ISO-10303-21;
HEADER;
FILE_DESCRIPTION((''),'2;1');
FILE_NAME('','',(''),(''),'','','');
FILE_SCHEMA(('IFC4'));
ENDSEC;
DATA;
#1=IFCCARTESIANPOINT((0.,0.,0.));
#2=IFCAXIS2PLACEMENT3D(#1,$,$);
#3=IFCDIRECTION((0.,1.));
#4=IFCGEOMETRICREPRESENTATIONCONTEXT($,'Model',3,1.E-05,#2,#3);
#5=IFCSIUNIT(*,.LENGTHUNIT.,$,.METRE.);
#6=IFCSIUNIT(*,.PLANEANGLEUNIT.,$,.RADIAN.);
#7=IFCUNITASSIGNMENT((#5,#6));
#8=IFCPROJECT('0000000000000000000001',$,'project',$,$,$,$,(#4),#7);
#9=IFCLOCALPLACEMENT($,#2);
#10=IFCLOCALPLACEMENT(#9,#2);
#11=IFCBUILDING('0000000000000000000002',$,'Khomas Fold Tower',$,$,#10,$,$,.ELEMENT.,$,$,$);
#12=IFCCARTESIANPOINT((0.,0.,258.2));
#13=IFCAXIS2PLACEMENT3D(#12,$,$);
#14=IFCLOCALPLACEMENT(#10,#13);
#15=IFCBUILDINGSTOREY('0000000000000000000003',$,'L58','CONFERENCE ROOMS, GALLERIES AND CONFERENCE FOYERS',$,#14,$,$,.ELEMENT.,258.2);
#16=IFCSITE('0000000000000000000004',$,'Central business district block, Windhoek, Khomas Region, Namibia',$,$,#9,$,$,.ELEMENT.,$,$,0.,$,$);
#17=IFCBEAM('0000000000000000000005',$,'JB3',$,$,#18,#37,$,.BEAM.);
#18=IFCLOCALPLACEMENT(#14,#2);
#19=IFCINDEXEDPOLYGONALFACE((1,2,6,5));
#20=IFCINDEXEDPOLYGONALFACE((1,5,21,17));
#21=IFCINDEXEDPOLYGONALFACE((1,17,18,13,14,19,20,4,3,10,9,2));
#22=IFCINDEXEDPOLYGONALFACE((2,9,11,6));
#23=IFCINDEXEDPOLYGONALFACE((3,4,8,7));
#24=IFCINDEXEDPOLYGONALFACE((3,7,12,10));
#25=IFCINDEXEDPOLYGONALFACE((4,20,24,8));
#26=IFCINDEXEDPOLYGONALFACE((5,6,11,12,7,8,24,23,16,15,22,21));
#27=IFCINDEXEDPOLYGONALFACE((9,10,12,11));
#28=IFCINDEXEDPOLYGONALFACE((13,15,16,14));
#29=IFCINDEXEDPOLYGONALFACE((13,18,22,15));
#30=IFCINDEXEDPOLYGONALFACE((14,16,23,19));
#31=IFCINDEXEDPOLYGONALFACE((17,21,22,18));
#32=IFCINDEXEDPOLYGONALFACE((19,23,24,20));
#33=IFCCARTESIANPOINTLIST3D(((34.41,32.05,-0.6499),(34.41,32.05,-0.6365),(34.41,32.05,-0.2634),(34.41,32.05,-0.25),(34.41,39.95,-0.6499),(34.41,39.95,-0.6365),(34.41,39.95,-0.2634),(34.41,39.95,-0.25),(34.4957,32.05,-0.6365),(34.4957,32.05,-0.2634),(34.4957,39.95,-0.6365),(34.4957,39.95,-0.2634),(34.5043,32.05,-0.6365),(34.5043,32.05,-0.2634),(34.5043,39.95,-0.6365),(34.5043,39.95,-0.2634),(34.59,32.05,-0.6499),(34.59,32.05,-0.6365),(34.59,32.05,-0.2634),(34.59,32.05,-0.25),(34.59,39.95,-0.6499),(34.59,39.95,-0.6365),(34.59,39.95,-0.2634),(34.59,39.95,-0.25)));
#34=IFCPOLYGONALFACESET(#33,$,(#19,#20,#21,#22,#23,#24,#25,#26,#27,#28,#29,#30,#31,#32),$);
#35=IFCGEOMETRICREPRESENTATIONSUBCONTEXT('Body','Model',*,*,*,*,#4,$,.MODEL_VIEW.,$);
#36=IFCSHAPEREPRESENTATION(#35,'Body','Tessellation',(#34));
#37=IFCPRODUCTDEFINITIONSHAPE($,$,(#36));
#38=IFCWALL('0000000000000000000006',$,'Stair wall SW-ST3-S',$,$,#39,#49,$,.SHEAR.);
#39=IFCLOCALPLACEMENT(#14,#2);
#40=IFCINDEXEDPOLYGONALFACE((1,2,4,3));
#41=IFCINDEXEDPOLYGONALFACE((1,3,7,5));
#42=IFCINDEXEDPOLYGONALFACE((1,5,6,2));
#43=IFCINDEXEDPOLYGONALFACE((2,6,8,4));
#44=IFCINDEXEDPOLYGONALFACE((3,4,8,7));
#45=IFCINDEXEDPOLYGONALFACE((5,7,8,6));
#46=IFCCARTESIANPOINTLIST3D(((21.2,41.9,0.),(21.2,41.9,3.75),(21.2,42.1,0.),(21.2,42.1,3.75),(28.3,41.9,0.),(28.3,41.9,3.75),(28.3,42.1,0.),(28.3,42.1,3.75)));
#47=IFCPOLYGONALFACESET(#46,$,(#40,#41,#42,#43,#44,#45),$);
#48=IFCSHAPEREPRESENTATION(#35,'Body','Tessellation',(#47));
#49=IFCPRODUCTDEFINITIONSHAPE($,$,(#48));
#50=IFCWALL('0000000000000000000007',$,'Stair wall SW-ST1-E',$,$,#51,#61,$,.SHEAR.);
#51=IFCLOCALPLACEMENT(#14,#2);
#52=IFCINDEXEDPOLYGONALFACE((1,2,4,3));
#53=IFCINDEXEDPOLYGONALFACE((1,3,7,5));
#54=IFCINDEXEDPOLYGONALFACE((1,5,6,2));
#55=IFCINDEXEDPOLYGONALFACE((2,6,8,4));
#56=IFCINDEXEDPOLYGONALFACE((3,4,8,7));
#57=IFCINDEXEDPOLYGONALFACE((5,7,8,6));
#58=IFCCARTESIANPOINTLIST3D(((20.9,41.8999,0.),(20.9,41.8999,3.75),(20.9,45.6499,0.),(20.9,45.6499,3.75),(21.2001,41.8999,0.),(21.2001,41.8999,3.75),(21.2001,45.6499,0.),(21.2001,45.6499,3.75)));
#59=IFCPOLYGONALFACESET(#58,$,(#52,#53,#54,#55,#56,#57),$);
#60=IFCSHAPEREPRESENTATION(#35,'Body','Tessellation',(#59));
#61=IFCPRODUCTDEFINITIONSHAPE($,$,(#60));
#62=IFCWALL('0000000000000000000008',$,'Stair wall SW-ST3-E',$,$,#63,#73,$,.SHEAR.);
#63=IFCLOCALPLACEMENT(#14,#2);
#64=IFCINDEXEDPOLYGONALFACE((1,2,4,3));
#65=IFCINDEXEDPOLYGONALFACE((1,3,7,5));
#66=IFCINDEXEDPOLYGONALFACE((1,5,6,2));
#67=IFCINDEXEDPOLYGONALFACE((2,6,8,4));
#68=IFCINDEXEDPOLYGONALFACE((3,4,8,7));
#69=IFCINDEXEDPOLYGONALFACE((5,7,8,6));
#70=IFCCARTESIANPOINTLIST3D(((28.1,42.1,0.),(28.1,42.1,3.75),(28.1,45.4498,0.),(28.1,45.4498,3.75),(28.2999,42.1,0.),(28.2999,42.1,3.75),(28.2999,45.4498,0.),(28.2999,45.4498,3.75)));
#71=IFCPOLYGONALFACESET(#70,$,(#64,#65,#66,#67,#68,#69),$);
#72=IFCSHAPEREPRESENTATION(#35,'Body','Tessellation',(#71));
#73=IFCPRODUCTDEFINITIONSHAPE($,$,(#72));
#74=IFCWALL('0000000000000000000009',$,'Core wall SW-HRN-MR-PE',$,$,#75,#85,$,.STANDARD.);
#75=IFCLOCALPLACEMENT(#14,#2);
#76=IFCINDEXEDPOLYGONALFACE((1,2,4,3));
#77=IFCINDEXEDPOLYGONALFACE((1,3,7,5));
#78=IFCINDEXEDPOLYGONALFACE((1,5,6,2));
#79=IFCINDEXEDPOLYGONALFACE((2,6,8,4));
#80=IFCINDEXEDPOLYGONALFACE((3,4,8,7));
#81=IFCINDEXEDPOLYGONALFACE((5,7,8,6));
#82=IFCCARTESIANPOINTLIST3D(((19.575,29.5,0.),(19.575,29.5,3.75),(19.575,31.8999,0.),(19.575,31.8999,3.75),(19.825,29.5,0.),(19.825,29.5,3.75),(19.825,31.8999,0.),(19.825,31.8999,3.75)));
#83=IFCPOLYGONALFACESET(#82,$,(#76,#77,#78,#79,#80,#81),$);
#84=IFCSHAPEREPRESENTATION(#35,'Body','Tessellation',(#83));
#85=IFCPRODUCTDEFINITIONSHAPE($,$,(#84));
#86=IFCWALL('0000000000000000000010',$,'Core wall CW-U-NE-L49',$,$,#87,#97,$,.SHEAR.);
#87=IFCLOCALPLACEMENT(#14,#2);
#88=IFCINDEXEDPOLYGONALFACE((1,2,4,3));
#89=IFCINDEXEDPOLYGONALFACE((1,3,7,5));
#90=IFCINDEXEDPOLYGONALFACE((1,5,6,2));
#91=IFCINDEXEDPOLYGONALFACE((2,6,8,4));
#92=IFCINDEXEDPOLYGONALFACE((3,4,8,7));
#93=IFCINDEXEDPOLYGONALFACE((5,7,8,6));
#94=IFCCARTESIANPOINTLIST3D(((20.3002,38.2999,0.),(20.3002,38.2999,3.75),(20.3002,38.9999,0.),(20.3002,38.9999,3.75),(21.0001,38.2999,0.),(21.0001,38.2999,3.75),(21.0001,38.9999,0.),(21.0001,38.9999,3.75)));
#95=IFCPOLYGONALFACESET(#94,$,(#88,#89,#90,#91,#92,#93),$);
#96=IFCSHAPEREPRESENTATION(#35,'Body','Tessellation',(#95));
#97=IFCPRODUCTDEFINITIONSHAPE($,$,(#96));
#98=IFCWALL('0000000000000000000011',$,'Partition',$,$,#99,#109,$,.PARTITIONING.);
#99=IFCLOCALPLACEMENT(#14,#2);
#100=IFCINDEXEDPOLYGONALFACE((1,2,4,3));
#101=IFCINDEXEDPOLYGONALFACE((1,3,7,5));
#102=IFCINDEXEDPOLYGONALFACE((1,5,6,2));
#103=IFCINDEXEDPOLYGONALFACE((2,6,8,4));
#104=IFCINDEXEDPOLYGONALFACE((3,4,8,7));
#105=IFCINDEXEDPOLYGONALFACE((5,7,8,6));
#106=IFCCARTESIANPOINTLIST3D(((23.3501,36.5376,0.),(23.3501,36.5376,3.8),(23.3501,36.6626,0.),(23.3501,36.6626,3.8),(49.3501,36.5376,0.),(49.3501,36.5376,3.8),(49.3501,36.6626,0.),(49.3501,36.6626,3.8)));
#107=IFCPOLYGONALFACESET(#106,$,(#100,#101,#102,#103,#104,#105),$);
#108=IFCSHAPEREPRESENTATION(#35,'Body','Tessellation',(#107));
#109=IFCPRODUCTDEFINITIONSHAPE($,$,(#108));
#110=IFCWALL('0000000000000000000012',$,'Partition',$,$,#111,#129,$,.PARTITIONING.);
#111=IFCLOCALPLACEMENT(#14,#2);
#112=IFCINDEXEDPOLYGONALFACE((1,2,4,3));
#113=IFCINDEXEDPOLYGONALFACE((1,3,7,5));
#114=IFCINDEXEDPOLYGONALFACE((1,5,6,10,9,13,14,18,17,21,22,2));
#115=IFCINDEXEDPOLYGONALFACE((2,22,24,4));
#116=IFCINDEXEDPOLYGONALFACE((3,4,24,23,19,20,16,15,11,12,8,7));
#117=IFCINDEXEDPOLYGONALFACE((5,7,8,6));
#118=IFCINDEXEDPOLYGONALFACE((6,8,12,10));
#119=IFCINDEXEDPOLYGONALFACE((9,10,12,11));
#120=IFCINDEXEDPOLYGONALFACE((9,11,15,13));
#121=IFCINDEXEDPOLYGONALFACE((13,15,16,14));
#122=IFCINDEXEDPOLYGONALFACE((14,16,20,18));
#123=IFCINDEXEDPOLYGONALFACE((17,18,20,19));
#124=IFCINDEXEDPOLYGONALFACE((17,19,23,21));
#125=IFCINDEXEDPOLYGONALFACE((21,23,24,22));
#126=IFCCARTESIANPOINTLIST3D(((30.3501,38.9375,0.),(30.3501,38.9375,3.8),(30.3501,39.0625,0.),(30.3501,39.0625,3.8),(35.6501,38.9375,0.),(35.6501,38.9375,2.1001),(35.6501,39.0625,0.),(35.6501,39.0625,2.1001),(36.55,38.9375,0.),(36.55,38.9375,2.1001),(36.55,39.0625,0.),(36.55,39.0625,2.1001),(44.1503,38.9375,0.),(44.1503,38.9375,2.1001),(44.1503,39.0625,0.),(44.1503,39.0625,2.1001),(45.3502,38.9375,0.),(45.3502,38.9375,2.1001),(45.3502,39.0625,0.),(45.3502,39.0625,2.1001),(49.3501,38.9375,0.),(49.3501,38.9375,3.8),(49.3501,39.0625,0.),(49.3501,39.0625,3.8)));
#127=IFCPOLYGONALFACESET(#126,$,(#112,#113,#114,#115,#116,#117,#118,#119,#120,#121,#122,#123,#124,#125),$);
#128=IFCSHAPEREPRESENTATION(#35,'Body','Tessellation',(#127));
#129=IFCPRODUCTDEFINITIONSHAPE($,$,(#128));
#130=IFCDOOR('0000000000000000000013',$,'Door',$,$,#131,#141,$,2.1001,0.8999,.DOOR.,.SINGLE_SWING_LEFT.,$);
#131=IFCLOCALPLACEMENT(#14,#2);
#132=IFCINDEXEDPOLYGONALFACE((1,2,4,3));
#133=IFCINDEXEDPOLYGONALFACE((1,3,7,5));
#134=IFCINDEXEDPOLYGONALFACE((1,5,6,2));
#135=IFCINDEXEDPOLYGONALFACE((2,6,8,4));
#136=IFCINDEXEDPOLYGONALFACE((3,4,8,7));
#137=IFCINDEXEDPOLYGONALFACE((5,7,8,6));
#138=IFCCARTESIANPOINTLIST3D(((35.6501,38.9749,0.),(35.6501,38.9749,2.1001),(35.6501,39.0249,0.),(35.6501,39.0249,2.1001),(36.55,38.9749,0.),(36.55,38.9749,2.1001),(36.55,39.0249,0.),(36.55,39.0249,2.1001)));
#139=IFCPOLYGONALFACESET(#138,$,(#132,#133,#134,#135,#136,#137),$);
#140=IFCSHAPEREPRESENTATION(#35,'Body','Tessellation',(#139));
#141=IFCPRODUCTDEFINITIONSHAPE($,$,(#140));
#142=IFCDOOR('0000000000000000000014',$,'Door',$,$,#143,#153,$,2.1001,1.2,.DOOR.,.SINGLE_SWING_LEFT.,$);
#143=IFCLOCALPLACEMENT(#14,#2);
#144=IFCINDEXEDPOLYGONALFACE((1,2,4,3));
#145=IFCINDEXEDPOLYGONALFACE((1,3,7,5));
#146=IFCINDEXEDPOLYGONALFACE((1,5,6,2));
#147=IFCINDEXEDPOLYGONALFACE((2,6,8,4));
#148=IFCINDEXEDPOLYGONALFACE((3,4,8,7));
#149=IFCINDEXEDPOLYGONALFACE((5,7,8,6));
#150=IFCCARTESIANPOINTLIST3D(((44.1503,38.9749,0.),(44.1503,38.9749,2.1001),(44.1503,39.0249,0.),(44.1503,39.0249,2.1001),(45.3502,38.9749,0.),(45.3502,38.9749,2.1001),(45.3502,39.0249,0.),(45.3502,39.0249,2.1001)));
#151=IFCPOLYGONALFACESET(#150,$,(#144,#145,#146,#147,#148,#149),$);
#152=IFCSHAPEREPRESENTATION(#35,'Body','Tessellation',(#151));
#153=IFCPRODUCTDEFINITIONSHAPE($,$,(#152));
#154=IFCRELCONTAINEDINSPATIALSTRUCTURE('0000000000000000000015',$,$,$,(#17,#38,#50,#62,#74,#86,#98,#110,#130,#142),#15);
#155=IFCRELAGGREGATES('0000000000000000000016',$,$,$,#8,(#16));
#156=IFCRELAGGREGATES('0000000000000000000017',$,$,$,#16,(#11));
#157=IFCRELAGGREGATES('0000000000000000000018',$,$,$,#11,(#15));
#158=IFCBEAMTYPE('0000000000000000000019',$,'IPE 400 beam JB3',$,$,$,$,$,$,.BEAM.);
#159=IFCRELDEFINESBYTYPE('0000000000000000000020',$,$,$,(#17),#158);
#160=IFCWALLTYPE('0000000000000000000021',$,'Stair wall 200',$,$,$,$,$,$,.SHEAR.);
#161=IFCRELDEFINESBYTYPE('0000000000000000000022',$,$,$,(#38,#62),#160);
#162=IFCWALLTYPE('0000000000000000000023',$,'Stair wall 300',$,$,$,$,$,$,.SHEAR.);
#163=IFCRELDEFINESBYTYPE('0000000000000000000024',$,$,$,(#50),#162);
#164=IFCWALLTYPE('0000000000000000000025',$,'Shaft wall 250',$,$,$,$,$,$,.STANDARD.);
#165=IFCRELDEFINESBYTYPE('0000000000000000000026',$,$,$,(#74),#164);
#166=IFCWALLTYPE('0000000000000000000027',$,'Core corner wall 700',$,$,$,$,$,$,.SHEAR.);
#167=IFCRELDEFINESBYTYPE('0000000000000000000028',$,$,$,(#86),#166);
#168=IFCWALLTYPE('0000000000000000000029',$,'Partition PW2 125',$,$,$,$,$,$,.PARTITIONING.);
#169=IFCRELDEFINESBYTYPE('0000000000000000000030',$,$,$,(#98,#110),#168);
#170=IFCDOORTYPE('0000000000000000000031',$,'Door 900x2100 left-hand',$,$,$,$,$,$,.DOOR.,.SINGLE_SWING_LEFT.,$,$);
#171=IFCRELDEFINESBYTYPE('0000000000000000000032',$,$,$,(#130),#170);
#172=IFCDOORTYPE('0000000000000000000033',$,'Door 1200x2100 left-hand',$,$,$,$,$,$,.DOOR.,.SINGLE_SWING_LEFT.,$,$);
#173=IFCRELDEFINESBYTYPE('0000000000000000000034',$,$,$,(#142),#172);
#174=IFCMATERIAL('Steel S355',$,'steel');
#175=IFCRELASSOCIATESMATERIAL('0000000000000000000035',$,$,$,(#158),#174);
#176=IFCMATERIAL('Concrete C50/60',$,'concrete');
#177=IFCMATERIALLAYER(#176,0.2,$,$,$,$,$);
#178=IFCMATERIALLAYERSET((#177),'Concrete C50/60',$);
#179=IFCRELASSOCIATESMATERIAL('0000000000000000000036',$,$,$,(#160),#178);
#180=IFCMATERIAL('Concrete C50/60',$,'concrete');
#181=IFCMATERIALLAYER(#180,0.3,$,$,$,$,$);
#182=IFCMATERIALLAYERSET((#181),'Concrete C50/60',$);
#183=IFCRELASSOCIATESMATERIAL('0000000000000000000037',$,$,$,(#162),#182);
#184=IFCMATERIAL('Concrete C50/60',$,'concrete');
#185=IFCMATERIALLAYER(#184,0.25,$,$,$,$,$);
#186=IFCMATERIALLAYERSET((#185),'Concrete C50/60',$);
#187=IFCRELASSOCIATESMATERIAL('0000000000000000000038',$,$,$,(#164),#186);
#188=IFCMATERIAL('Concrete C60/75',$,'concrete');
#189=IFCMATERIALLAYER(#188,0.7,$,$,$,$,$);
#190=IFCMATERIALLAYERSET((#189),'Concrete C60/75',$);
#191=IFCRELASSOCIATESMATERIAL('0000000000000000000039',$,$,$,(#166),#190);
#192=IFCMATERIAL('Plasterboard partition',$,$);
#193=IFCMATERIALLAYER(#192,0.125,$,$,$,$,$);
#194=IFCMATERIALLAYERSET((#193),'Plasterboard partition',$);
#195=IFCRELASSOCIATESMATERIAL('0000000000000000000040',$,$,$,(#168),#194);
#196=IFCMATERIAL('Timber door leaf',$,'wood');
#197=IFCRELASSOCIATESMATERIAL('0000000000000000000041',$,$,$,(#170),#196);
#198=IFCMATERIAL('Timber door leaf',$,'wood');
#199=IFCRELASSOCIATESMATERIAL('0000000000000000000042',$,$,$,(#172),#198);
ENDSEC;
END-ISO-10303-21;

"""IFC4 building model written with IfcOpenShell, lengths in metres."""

from ifc_helpers import new_model, si_unit, direction, frame, frame_2d, origin, origin_2d, place, context, subcontext, project, spatial, rectangle, i_section, extrude, source, transform, mapped, material, layer, layer_set, material_profile, profile_set, type_object, element, fill, save


model = new_model("IFC4")

# Units and contexts
model_context = context("Model", 3, precision=1e-05, world=origin(), true_north=direction((0.0, 1.0)))
body_context = subcontext(model_context, "Body", "Model", "MODEL_VIEW")
ifc_project = project(units=[si_unit("LENGTHUNIT", "METRE"), si_unit("PLANEANGLEUNIT", "RADIAN")], contexts=[model_context])

# Site, building, storey
site_placement = place(None, origin())
site = spatial("IfcSite", under=ifc_project, at=site_placement, Name="Central business district block, Windhoek, Khomas Region, Namibia", CompositionType="ELEMENT", RefElevation=0.0)
building_placement = place(site_placement, origin())
building = spatial("IfcBuilding", under=site, at=building_placement, Name="Khomas Fold Tower", CompositionType="ELEMENT")
storey_placement = place(building_placement, frame((0.0, 0.0, 258.2)))
storey = spatial("IfcBuildingStorey", under=building, at=storey_placement, Name="L58", Description="CONFERENCE ROOMS, GALLERIES AND CONFERENCE FOYERS", CompositionType="ELEMENT", Elevation=258.2)

# Beam
ifc_material_1 = material(Name="Steel S355", Category="steel")
ifc_material_profile_1 = material_profile(ifc_material_1, i_section(OverallWidth=0.1799, OverallDepth=0.3999, WebThickness=0.0085, FlangeThickness=0.0134, at=origin_2d()), Name="IPE 400")
ifc_profile_set_1 = profile_set([ifc_material_profile_1], Name="Steel S355")
beam_type_1 = type_object("IfcBeamType", Name="IPE 400 beam JB3", PredefinedType="BEAM", material=ifc_profile_set_1)
shared_shape_1 = source(origin(), body_context, "Body", "SweptSolid", [
    extrude(i_section(OverallWidth=0.1799, OverallDepth=0.3999, WebThickness=0.0085, FlangeThickness=0.0134, at=origin_2d()), origin(), (0.0, 0.0, 1.0), 7.8999),
])
beam_1_placement = place(storey_placement, frame((34.5, 32.05, -0.45), z_axis=(0.0, 1.0, 0.0), x_axis=(-1.0, 0.0, 0.0)))
element("IfcBeam", 1, at=beam_1_placement, inside=storey, type_object=beam_type_1, Name="JB3", PredefinedType="BEAM", context=body_context, shape_type="MappedRepresentation", body=[
    mapped(shared_shape_1, transform((0.0, 0.0, 0.0))),
])

# Walls
ifc_material_2 = material(Name="Concrete C50/60", Category="concrete")
ifc_layer_1 = layer(ifc_material_2, 0.2)
ifc_layer_set_1 = layer_set([ifc_layer_1], Name="Concrete C50/60")
wall_type_1 = type_object("IfcWallType", Name="Stair wall 200", PredefinedType="SHEAR", material=ifc_layer_set_1)
shared_shape_2 = source(origin(), body_context, "Body", "SweptSolid", [
    extrude(rectangle(XDim=7.1001, YDim=0.2, at=frame_2d((3.55, 0.0))), origin(), (0.0, 0.0, 1.0), 3.75),
])
wall_1_placement = place(storey_placement, frame((21.2, 42.0, 0.0), z_axis=(0.0, 0.0, 1.0), x_axis=(1.0, 0.0, 0.0)))
element("IfcWall", 2, at=wall_1_placement, inside=storey, type_object=wall_type_1, Name="Stair wall SW-ST3-S", PredefinedType="SHEAR", context=body_context, shape_type="MappedRepresentation", body=[
    mapped(shared_shape_2, transform((0.0, 0.0, 0.0))),
])
ifc_material_3 = material(Name="Concrete C50/60", Category="concrete")
ifc_layer_2 = layer(ifc_material_3, 0.3)
ifc_layer_set_2 = layer_set([ifc_layer_2], Name="Concrete C50/60")
wall_type_2 = type_object("IfcWallType", Name="Stair wall 300", PredefinedType="SHEAR", material=ifc_layer_set_2)
shared_shape_3 = source(origin(), body_context, "Body", "SweptSolid", [
    extrude(rectangle(XDim=3.75, YDim=0.3, at=frame_2d((1.875, 0.0))), origin(), (0.0, 0.0, 1.0), 3.75),
])
wall_2_placement = place(storey_placement, frame((21.05, 41.8999, 0.0), z_axis=(0.0, 0.0, 1.0), x_axis=(0.0, 1.0, 0.0)))
element("IfcWall", 3, at=wall_2_placement, inside=storey, type_object=wall_type_2, Name="Stair wall SW-ST1-E", PredefinedType="SHEAR", context=body_context, shape_type="MappedRepresentation", body=[
    mapped(shared_shape_3, transform((0.0, 0.0, 0.0))),
])
shared_shape_4 = source(origin(), body_context, "Body", "SweptSolid", [
    extrude(rectangle(XDim=3.3499, YDim=0.2, at=frame_2d((1.6748, 0.0))), origin(), (0.0, 0.0, 1.0), 3.75),
])
wall_3_placement = place(storey_placement, frame((28.2, 42.1001, 0.0), z_axis=(0.0, 0.0, 1.0), x_axis=(0.0, 1.0, 0.0)))
element("IfcWall", 4, at=wall_3_placement, inside=storey, type_object=wall_type_1, Name="Stair wall SW-ST3-E", PredefinedType="SHEAR", context=body_context, shape_type="MappedRepresentation", body=[
    mapped(shared_shape_4, transform((0.0, 0.0, 0.0))),
])
ifc_material_4 = material(Name="Concrete C50/60", Category="concrete")
ifc_layer_3 = layer(ifc_material_4, 0.25)
ifc_layer_set_3 = layer_set([ifc_layer_3], Name="Concrete C50/60")
wall_type_3 = type_object("IfcWallType", Name="Shaft wall 250", PredefinedType="STANDARD", material=ifc_layer_set_3)
shared_shape_5 = source(origin(), body_context, "Body", "SweptSolid", [
    extrude(rectangle(XDim=2.3999, YDim=0.25, at=frame_2d((1.2, 0.0))), origin(), (0.0, 0.0, 1.0), 3.75),
])
wall_4_placement = place(storey_placement, frame((19.7, 29.5, 0.0), z_axis=(0.0, 0.0, 1.0), x_axis=(0.0, 1.0, 0.0)))
element("IfcWall", 5, at=wall_4_placement, inside=storey, type_object=wall_type_3, Name="Core wall SW-HRN-MR-PE", PredefinedType="STANDARD", context=body_context, shape_type="MappedRepresentation", body=[
    mapped(shared_shape_5, transform((0.0, 0.0, 0.0))),
])
ifc_material_5 = material(Name="Concrete C60/75", Category="concrete")
ifc_layer_4 = layer(ifc_material_5, 0.7)
ifc_layer_set_4 = layer_set([ifc_layer_4], Name="Concrete C60/75")
wall_type_4 = type_object("IfcWallType", Name="Core corner wall 700", PredefinedType="SHEAR", material=ifc_layer_set_4)
shared_shape_6 = source(origin(), body_context, "Body", "SweptSolid", [
    extrude(rectangle(XDim=0.7, YDim=0.7, at=frame_2d((0.3501, 0.0))), origin(), (0.0, 0.0, 1.0), 3.75),
])
wall_5_placement = place(storey_placement, frame((20.3, 38.6499, 0.0), z_axis=(0.0, 0.0, 1.0), x_axis=(1.0, 0.0, 0.0)))
element("IfcWall", 6, at=wall_5_placement, inside=storey, type_object=wall_type_4, Name="Core wall CW-U-NE-L49", PredefinedType="SHEAR", context=body_context, shape_type="MappedRepresentation", body=[
    mapped(shared_shape_6, transform((0.0, 0.0, 0.0))),
])
ifc_material_6 = material(Name="Plasterboard partition")
ifc_layer_5 = layer(ifc_material_6, 0.125)
ifc_layer_set_5 = layer_set([ifc_layer_5], Name="Plasterboard partition")
wall_type_5 = type_object("IfcWallType", Name="Partition PW2 125", PredefinedType="PARTITIONING", material=ifc_layer_set_5)
shared_shape_7 = source(origin(), body_context, "Body", "SweptSolid", [
    extrude(rectangle(XDim=26.0, YDim=0.125, at=frame_2d((13.0, 0.0))), origin(), (0.0, 0.0, 1.0), 3.8),
])
wall_6_placement = place(storey_placement, frame((23.3501, 36.6001, 0.0), z_axis=(0.0, 0.0, 1.0), x_axis=(1.0, 0.0, 0.0)))
element("IfcWall", 7, at=wall_6_placement, inside=storey, type_object=wall_type_5, Name="Partition", PredefinedType="PARTITIONING", context=body_context, shape_type="MappedRepresentation", body=[
    mapped(shared_shape_7, transform((0.0, 0.0, 0.0))),
])

# Wall, openings, doors
shared_shape_8 = source(origin(), body_context, "Body", "SweptSolid", [
    extrude(rectangle(XDim=19.0, YDim=0.125, at=frame_2d((9.5, 0.0))), origin(), (0.0, 0.0, 1.0), 3.8),
])
wall_7_placement = place(storey_placement, frame((30.3501, 39.0, 0.0), z_axis=(0.0, 0.0, 1.0), x_axis=(1.0, 0.0, 0.0)))
wall_7 = element("IfcWall", 8, at=wall_7_placement, inside=storey, type_object=wall_type_5, Name="Partition", PredefinedType="PARTITIONING", context=body_context, shape_type="MappedRepresentation", body=[
    mapped(shared_shape_8, transform((0.0, 0.0, 0.0))),
])
shared_shape_9 = source(origin(), body_context, "Body", "SweptSolid", [
    extrude(rectangle(XDim=0.8999, YDim=2.1001, at=frame_2d((0.45, 1.05))), frame((0.0, 0.0725, 0.0), z_axis=(0.0, -1.0, 0.0), x_axis=(1.0, 0.0, 0.0)), (0.0, 0.0, 1.0), 0.145),
])
opening_1_placement = place(wall_7_placement, frame((5.3, 0.0, 0.0)))
opening_1 = element("IfcOpeningElement", 9, at=opening_1_placement, cuts=wall_7, PredefinedType="OPENING", context=body_context, shape_type="MappedRepresentation", body=[
    mapped(shared_shape_9, transform((0.0, 0.0, 0.0))),
])
shared_shape_10 = source(origin(), body_context, "Body", "SweptSolid", [
    extrude(rectangle(XDim=1.2, YDim=2.1001, at=frame_2d((0.6001, 1.05))), frame((0.0, 0.0725, 0.0), z_axis=(0.0, -1.0, 0.0), x_axis=(1.0, 0.0, 0.0)), (0.0, 0.0, 1.0), 0.145),
])
opening_2_placement = place(wall_7_placement, frame((13.8, 0.0, 0.0)))
opening_2 = element("IfcOpeningElement", 10, at=opening_2_placement, cuts=wall_7, PredefinedType="OPENING", context=body_context, shape_type="MappedRepresentation", body=[
    mapped(shared_shape_10, transform((0.0, 0.0, 0.0))),
])
ifc_material_7 = material(Name="Timber door leaf", Category="wood")
door_type_1 = type_object("IfcDoorType", Name="Door 900x2100 left-hand", OperationType="SINGLE_SWING_LEFT", PredefinedType="DOOR", material=ifc_material_7)
shared_shape_11 = source(origin(), body_context, "Body", "SweptSolid", [
    extrude(rectangle(XDim=0.8999, YDim=2.1001, at=frame_2d((0.45, 1.05))), frame((0.0, 0.0249, 0.0), z_axis=(0.0, -1.0, 0.0), x_axis=(1.0, 0.0, 0.0)), (0.0, 0.0, 1.0), 0.05),
])
door_1_placement = place(opening_1_placement, origin())
door_1 = element("IfcDoor", 11, at=door_1_placement, inside=storey, type_object=door_type_1, Name="Door", OperationType="SINGLE_SWING_LEFT", OverallHeight=2.1001, OverallWidth=0.8999, PredefinedType="DOOR", context=body_context, shape_type="MappedRepresentation", body=[
    mapped(shared_shape_11, transform((0.0, 0.0, 0.0))),
])
fill(opening_1, door_1)
ifc_material_8 = material(Name="Timber door leaf", Category="wood")
door_type_2 = type_object("IfcDoorType", Name="Door 1200x2100 left-hand", OperationType="SINGLE_SWING_LEFT", PredefinedType="DOOR", material=ifc_material_8)
shared_shape_12 = source(origin(), body_context, "Body", "SweptSolid", [
    extrude(rectangle(XDim=1.2, YDim=2.1001, at=frame_2d((0.6001, 1.05))), frame((0.0, 0.0249, 0.0), z_axis=(0.0, -1.0, 0.0), x_axis=(1.0, 0.0, 0.0)), (0.0, 0.0, 1.0), 0.05),
])
door_2_placement = place(opening_2_placement, origin())
door_2 = element("IfcDoor", 12, at=door_2_placement, inside=storey, type_object=door_type_2, Name="Door", OperationType="SINGLE_SWING_LEFT", OverallHeight=2.1001, OverallWidth=1.2, PredefinedType="DOOR", context=body_context, shape_type="MappedRepresentation", body=[
    mapped(shared_shape_12, transform((0.0, 0.0, 0.0))),
])
fill(opening_2, door_2)

save(model, "model.ifc")
